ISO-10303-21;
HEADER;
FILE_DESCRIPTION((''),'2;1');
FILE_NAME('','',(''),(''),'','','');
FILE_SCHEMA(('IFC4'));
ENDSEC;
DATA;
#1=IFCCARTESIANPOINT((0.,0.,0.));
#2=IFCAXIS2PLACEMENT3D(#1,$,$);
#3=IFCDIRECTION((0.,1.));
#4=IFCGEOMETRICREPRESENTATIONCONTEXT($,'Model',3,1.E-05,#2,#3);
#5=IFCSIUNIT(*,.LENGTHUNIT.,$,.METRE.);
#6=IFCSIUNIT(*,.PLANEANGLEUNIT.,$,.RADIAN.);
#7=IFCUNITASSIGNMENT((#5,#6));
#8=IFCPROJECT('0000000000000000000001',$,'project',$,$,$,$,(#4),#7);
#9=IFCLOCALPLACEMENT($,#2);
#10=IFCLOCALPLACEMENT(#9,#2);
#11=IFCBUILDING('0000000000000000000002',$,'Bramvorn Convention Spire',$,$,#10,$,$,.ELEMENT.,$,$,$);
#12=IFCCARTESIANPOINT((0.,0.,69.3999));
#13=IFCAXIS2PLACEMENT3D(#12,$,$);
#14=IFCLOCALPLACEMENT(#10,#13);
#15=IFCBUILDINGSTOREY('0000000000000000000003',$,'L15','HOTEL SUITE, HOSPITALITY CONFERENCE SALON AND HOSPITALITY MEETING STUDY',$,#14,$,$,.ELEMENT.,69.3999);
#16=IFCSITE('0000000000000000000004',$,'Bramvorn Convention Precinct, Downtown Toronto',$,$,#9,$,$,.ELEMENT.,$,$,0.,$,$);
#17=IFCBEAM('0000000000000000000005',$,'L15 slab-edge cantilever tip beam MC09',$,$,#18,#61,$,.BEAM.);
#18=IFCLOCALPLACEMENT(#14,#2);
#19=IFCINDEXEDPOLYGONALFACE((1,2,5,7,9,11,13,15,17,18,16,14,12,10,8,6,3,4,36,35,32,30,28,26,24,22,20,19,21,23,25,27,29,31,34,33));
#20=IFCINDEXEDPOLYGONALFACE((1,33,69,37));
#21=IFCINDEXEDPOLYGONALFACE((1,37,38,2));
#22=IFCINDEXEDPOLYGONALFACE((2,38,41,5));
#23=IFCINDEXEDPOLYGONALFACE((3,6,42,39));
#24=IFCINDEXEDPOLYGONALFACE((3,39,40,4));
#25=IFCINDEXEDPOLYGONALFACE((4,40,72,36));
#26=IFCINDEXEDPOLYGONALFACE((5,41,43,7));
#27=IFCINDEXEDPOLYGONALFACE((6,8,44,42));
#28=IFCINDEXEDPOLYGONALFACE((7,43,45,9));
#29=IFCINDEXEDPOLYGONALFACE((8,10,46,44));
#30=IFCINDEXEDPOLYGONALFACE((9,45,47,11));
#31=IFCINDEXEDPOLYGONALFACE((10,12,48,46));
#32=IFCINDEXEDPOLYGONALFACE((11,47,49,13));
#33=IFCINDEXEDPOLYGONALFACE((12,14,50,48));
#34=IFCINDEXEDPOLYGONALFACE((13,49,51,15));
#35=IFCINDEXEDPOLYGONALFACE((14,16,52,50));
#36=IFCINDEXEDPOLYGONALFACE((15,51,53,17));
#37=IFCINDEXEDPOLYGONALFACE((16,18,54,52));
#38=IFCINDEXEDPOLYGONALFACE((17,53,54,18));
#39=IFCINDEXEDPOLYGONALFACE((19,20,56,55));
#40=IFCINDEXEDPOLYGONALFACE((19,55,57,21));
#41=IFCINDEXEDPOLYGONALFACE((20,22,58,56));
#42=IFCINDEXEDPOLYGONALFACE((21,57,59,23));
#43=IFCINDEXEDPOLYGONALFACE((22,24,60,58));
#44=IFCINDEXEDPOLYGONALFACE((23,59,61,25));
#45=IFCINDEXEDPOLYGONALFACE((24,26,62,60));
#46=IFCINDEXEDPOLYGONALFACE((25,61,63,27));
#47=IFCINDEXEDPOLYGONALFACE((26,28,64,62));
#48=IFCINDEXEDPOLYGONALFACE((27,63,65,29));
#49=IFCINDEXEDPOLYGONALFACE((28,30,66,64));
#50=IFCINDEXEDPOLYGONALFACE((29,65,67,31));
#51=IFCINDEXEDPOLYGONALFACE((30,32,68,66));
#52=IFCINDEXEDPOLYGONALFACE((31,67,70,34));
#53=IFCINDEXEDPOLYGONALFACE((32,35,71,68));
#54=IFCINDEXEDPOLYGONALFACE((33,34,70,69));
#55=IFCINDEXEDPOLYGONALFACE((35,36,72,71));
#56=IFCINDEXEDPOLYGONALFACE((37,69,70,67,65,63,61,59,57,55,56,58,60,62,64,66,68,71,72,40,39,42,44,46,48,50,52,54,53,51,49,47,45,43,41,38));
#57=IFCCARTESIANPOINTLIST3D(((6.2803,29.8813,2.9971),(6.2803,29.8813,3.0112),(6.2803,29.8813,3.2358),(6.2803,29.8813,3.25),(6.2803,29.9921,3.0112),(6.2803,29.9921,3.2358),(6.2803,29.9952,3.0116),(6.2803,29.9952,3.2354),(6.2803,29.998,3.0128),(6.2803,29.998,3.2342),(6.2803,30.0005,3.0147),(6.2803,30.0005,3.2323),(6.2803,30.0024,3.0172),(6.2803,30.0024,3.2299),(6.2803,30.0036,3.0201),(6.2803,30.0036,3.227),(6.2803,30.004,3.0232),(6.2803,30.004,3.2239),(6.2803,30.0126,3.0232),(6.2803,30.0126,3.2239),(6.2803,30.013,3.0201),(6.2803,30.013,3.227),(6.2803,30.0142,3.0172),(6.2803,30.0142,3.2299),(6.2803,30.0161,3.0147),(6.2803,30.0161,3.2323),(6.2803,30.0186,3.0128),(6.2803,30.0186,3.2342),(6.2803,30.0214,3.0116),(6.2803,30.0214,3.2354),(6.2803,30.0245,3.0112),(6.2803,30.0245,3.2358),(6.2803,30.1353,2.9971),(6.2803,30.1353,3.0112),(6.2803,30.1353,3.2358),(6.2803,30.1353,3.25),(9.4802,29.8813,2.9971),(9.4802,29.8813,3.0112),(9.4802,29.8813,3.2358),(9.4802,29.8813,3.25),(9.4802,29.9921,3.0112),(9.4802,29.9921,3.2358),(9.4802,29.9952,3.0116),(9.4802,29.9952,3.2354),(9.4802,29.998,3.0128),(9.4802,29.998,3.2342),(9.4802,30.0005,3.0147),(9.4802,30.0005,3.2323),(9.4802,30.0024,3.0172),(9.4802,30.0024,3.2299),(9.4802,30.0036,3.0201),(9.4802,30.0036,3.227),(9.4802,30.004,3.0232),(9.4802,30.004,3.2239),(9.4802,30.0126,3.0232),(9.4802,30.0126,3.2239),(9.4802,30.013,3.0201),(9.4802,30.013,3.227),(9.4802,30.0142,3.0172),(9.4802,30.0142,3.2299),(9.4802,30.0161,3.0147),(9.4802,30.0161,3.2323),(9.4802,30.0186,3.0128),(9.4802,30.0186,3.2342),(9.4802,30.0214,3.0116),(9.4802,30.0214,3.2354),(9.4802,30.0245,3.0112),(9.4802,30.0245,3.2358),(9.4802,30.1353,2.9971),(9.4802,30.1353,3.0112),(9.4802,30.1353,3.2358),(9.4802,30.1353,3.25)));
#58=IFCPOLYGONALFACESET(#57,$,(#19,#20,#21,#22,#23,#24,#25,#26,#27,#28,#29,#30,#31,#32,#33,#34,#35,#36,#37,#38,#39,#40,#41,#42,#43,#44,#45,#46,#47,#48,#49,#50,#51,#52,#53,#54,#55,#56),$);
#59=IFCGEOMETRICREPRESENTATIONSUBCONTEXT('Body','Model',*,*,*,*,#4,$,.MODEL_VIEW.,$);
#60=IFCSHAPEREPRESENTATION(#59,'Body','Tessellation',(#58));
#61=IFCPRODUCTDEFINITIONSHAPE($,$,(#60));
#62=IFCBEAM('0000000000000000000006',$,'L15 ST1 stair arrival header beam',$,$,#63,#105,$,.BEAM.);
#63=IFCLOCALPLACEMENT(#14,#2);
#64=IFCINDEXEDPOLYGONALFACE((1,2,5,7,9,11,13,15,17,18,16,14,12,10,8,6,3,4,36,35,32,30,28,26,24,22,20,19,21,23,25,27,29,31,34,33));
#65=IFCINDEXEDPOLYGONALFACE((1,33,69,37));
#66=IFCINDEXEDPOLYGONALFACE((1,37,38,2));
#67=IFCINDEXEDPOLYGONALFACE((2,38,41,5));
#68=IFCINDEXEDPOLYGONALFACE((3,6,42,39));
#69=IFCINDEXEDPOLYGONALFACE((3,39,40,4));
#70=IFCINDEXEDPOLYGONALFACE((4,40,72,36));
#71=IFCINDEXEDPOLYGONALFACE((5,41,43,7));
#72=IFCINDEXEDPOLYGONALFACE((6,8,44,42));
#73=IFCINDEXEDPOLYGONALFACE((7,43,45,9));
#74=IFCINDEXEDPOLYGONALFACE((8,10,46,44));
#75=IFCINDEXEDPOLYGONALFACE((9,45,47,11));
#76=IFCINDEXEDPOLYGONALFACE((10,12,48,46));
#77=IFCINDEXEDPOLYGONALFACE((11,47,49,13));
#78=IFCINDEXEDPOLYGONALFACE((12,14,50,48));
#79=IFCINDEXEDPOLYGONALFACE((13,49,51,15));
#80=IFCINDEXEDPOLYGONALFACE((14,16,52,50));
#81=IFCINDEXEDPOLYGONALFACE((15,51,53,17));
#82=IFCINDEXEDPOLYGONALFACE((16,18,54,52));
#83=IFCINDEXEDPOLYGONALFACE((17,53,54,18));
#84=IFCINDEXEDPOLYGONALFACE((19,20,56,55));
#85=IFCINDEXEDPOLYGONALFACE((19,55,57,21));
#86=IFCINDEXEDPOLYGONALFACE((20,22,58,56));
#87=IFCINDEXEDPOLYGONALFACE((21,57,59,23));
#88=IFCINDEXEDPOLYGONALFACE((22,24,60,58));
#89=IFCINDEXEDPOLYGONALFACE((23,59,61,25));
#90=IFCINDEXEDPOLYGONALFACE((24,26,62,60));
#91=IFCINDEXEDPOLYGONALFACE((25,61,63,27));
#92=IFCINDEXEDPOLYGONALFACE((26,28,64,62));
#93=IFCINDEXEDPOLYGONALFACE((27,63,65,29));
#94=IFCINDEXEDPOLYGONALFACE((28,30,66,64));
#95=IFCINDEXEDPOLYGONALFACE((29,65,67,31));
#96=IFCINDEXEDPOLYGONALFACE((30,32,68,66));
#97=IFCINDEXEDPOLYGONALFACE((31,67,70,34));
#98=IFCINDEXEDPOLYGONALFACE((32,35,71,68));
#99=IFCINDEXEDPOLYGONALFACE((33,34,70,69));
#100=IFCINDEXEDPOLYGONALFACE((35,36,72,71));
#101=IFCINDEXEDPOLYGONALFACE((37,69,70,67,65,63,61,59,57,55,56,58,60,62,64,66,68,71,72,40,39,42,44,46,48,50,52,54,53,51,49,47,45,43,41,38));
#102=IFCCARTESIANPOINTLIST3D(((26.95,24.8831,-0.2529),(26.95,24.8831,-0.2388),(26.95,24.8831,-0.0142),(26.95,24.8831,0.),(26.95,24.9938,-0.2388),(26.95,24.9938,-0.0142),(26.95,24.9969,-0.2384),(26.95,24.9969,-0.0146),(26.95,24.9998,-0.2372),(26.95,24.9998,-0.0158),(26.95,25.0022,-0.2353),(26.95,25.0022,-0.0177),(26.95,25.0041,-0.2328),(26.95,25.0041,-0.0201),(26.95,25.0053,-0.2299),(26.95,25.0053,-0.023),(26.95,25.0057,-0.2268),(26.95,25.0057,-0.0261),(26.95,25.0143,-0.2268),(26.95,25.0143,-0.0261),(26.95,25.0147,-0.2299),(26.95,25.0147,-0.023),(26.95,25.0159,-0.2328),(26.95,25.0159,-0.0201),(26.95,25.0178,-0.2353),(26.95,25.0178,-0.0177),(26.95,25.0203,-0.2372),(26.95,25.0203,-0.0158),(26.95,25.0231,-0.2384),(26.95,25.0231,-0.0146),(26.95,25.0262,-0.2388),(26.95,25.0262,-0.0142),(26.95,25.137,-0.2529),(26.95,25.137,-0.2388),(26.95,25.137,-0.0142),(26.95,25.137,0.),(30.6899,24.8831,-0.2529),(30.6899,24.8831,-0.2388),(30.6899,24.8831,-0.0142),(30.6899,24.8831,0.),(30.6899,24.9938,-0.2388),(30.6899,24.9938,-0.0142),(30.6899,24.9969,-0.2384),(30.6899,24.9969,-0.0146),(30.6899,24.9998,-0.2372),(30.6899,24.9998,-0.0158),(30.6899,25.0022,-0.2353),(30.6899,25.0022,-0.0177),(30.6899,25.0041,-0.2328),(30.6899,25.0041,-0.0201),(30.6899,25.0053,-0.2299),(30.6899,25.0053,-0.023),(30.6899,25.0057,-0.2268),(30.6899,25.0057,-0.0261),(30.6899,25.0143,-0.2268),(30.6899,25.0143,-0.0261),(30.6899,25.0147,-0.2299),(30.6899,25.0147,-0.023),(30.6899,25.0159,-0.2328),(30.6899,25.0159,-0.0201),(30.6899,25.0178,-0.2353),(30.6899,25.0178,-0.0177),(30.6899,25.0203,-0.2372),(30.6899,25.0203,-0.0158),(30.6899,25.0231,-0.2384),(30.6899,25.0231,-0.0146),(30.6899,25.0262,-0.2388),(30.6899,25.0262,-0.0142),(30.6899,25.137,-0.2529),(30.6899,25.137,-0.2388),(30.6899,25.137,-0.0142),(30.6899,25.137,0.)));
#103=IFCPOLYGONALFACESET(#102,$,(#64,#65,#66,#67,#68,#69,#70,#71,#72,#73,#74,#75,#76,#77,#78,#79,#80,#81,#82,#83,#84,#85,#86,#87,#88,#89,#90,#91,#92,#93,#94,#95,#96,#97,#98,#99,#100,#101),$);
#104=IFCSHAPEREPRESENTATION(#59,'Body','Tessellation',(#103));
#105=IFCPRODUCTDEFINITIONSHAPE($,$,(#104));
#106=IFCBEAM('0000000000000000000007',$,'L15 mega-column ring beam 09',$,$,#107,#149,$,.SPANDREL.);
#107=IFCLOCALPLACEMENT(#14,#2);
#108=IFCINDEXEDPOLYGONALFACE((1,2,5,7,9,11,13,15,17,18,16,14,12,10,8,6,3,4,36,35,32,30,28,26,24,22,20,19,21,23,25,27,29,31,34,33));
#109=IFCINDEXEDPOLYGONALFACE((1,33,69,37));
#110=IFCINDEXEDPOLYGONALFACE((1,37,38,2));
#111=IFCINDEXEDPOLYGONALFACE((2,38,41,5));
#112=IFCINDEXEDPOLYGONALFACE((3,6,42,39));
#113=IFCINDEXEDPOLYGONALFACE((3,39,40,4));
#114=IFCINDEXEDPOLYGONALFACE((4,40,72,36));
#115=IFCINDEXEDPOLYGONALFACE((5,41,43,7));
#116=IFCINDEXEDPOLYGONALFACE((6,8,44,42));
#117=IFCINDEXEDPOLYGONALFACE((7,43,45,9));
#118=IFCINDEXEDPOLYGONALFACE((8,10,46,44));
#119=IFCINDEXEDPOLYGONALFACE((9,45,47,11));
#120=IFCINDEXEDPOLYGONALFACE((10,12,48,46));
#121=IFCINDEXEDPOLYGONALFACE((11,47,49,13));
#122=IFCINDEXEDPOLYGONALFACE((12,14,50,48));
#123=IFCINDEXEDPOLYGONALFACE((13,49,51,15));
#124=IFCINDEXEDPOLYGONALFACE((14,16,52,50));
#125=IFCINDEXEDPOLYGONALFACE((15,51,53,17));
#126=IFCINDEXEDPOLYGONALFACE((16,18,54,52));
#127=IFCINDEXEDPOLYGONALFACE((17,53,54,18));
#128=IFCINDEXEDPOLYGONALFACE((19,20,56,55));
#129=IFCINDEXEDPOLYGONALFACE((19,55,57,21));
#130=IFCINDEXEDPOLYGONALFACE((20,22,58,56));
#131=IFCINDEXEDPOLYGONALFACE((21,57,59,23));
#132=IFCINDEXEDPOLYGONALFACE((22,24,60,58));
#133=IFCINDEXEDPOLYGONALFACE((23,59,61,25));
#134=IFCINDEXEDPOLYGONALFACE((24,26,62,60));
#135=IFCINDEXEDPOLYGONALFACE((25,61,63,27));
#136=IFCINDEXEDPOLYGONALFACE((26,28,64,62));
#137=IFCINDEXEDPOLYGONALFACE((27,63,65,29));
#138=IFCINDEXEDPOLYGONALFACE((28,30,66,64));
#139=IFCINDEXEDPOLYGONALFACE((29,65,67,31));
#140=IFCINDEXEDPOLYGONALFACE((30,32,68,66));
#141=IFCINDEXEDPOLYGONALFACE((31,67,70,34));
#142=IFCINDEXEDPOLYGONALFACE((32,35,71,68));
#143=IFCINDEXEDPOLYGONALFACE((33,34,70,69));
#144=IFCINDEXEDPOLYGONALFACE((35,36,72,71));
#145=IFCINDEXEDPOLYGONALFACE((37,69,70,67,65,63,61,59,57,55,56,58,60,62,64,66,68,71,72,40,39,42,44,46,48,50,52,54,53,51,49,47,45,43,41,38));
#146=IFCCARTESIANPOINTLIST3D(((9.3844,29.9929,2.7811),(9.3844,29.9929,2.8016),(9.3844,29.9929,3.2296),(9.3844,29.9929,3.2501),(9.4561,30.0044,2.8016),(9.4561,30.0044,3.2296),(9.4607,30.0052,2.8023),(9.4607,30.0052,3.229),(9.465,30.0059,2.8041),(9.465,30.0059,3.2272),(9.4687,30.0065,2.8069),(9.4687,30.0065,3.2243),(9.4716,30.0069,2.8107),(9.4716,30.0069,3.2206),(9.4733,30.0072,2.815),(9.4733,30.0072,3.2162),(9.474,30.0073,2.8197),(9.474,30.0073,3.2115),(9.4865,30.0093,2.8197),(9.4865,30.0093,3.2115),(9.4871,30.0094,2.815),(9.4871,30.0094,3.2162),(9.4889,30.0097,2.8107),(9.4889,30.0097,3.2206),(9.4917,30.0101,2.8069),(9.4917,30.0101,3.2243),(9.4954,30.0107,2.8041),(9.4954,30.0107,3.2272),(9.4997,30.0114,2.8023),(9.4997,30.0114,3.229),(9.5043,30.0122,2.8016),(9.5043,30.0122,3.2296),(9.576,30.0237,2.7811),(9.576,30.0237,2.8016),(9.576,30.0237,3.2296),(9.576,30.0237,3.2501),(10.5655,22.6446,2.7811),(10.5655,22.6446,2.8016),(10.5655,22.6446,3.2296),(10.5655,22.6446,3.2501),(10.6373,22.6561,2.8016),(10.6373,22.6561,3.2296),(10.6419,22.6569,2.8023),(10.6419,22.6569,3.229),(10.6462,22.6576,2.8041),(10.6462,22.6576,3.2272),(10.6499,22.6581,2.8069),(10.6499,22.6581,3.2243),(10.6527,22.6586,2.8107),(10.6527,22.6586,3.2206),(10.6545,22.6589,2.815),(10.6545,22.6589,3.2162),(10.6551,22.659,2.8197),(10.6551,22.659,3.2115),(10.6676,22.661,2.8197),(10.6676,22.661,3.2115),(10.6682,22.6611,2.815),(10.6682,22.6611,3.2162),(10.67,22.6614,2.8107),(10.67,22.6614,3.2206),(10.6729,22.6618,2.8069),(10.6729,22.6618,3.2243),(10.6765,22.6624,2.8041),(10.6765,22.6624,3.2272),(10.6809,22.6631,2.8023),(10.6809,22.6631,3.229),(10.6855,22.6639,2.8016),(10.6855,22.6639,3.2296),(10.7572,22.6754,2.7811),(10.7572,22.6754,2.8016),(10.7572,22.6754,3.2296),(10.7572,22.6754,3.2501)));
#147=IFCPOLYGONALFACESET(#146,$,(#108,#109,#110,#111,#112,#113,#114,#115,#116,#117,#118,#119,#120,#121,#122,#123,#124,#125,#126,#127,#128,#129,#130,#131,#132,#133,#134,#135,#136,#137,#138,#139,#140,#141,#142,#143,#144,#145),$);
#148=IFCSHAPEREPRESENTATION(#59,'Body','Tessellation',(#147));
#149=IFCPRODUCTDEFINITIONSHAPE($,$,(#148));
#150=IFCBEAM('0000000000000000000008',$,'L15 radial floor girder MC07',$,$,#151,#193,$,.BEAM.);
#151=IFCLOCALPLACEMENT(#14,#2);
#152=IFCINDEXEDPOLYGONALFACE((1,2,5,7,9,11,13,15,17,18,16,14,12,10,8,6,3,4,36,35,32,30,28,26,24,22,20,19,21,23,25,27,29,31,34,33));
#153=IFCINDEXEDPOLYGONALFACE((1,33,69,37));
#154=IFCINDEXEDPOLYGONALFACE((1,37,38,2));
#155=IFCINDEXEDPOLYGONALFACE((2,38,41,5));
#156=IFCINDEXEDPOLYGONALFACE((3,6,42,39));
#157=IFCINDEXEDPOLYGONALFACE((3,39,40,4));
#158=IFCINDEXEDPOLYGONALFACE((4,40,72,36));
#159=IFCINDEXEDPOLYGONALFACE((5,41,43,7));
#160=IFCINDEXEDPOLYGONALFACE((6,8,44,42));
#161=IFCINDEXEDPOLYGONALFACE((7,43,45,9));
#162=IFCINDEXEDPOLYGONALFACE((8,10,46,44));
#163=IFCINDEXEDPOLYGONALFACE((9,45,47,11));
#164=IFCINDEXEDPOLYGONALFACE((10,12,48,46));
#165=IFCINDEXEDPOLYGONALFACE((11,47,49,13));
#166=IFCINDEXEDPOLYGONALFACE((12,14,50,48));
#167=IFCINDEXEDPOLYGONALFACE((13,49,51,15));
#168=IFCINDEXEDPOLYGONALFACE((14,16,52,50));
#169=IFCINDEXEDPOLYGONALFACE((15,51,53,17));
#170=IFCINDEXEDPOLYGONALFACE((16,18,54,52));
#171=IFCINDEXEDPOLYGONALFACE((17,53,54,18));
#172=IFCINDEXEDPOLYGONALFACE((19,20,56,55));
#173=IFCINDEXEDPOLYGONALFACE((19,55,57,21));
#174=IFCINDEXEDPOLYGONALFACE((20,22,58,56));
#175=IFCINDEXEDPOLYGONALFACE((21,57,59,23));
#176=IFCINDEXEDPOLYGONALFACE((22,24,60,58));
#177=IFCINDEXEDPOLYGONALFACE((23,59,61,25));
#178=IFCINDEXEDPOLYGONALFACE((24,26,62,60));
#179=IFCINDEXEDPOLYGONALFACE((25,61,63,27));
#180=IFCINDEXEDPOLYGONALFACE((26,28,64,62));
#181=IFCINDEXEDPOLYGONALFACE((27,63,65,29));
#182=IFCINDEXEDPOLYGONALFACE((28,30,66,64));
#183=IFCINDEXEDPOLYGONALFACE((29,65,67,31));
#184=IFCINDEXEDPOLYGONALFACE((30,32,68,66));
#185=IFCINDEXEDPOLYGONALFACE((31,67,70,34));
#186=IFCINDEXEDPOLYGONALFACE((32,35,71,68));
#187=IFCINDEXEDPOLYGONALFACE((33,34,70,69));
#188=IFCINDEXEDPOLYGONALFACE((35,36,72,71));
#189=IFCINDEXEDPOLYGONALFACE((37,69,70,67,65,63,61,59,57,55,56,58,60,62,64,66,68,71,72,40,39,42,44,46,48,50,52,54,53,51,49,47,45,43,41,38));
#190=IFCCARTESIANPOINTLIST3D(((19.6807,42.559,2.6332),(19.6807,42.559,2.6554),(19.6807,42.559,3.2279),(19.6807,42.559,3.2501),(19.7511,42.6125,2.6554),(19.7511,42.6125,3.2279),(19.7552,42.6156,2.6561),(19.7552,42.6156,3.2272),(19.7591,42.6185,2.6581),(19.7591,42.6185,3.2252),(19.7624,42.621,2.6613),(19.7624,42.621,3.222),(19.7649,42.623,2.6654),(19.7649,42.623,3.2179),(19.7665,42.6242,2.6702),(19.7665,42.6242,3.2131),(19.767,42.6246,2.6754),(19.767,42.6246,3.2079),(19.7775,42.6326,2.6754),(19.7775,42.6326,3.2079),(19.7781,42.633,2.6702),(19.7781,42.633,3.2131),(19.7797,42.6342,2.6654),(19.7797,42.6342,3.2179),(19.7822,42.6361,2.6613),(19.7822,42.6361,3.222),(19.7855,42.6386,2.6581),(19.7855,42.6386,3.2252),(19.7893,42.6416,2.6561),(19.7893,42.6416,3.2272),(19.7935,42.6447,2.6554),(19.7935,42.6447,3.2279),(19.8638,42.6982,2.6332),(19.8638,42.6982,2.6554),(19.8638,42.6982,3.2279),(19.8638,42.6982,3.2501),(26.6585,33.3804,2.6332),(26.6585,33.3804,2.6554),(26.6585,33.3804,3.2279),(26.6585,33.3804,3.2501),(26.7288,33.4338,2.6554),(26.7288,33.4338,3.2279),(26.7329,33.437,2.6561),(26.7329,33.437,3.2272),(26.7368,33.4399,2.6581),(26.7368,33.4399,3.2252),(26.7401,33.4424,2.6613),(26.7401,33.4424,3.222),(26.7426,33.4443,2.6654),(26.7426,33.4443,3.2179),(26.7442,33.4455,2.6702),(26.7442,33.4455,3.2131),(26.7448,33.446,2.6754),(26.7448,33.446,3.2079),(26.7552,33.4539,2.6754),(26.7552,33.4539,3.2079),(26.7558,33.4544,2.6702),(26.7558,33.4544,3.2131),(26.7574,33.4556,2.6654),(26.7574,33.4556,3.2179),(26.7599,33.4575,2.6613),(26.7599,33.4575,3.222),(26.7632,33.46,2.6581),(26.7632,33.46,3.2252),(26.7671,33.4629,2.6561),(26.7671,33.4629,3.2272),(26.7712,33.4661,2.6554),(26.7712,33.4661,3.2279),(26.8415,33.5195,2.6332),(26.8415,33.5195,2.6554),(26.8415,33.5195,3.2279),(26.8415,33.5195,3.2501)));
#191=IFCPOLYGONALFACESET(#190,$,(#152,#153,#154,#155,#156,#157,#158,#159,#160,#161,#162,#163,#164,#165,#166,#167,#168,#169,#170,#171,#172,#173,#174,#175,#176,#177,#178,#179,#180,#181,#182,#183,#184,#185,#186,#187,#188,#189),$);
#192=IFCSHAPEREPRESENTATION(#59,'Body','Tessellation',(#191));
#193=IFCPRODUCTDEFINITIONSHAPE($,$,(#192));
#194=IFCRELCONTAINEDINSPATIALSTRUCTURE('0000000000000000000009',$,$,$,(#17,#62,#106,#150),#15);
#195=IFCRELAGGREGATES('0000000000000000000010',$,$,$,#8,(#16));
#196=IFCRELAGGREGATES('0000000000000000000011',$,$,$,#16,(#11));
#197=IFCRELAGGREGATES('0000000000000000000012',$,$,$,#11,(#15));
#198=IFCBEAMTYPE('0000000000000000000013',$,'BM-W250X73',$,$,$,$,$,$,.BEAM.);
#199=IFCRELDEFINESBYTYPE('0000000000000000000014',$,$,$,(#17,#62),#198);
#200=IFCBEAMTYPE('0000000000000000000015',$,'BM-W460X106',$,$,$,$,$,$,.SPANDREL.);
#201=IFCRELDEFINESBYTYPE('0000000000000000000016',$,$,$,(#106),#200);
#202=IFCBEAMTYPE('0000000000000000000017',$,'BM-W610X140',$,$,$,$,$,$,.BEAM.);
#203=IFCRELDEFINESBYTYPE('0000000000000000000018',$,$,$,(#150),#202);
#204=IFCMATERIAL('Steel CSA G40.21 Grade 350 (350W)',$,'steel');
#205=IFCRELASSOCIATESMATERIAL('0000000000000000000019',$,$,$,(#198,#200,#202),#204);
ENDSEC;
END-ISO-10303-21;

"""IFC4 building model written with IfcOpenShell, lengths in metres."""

from ifc_helpers import new_model, si_unit, direction, frame, origin, origin_2d, place, context, subcontext, project, spatial, i_section, extrude, material, material_profile, profile_set, type_object, element, save


model = new_model("IFC4")

# Units and contexts
model_context = context("Model", 3, precision=1e-05, world=origin(), true_north=direction((0.0, 1.0)))
body_context = subcontext(model_context, "Body", "Model", "MODEL_VIEW")
ifc_project = project(units=[si_unit("LENGTHUNIT", "METRE"), si_unit("PLANEANGLEUNIT", "RADIAN")], contexts=[model_context])

# Site, building, storey
site_placement = place(None, origin())
site = spatial("IfcSite", under=ifc_project, at=site_placement, Name="Bramvorn Convention Precinct, Downtown Toronto", CompositionType="ELEMENT", RefElevation=0.0)
building_placement = place(site_placement, origin())
building = spatial("IfcBuilding", under=site, at=building_placement, Name="Bramvorn Convention Spire", CompositionType="ELEMENT")
storey_placement = place(building_placement, frame((0.0, 0.0, 69.3999)))
storey = spatial("IfcBuildingStorey", under=building, at=storey_placement, Name="L15", Description="HOTEL SUITE, HOSPITALITY CONFERENCE SALON AND HOSPITALITY MEETING STUDY", CompositionType="ELEMENT", Elevation=69.3999)

# Shared definitions
ifc_material_1 = material(Name="Steel CSA G40.21 Grade 350 (350W)", Category="steel")

# Beams
ifc_material_profile_1 = material_profile(ifc_material_1, i_section(OverallWidth=0.2539, OverallDepth=0.2529, WebThickness=0.0085, FlangeThickness=0.0142, FilletRadius=0.012, at=origin_2d()))
ifc_profile_set_1 = profile_set([ifc_material_profile_1], Name="Steel CSA G40.21 Grade 350 (350W) - W250X73")
beam_type_1 = type_object("IfcBeamType", Name="BM-W250X73", PredefinedType="BEAM", material=ifc_profile_set_1)
beam_1_placement = place(storey_placement, frame((9.4802, 30.0083, 3.1235), z_axis=(-1.0, 0.0, 0.0), x_axis=(0.0, -1.0, 0.0)))
element("IfcBeam", 1, at=beam_1_placement, inside=storey, type_object=beam_type_1, Name="L15 slab-edge cantilever tip beam MC09", PredefinedType="BEAM", context=body_context, shape_type="SweptSolid", body=[
    extrude(i_section(OverallWidth=0.2539, OverallDepth=0.2529, WebThickness=0.0085, FlangeThickness=0.0142, FilletRadius=0.012, at=origin_2d()), origin(), (0.0, 0.0, 1.0), 3.2),
])
beam_2_placement = place(storey_placement, frame((26.95, 25.01, -0.1265), z_axis=(1.0, 0.0, 0.0), x_axis=(0.0, 1.0, 0.0)))
element("IfcBeam", 2, at=beam_2_placement, inside=storey, type_object=beam_type_1, Name="L15 ST1 stair arrival header beam", PredefinedType="BEAM", context=body_context, shape_type="SweptSolid", body=[
    extrude(i_section(OverallWidth=0.2539, OverallDepth=0.2529, WebThickness=0.0085, FlangeThickness=0.0142, FilletRadius=0.012, at=origin_2d()), origin(), (0.0, 0.0, 1.0), 3.74),
])
ifc_material_profile_2 = material_profile(ifc_material_1, i_section(OverallWidth=0.1941, OverallDepth=0.469, WebThickness=0.0127, FlangeThickness=0.0205, FilletRadius=0.0181, at=origin_2d()))
ifc_profile_set_2 = profile_set([ifc_material_profile_2], Name="Steel CSA G40.21 Grade 350 (350W) - W460X106")
beam_type_2 = type_object("IfcBeamType", Name="BM-W460X106", PredefinedType="SPANDREL", material=ifc_profile_set_2)
beam_3_placement = place(storey_placement, frame((9.4802, 30.0083, 3.0156), z_axis=(0.158699, -0.987327, 0.0), x_axis=(0.987327, 0.158699, 0.0)))
element("IfcBeam", 3, at=beam_3_placement, inside=storey, type_object=beam_type_2, Name="L15 mega-column ring beam 09", PredefinedType="SPANDREL", context=body_context, shape_type="SweptSolid", body=[
    extrude(i_section(OverallWidth=0.1941, OverallDepth=0.469, WebThickness=0.0127, FlangeThickness=0.0205, FilletRadius=0.0181, at=origin_2d()), origin(), (0.0, 0.0, 1.0), 7.4426),
])
ifc_material_profile_3 = material_profile(ifc_material_1, i_section(OverallWidth=0.23, OverallDepth=0.6169, WebThickness=0.0132, FlangeThickness=0.0222, FilletRadius=0.02, at=origin_2d()))
ifc_profile_set_3 = profile_set([ifc_material_profile_3], Name="Steel CSA G40.21 Grade 350 (350W) - W610X140")
beam_type_3 = type_object("IfcBeamType", Name="BM-W610X140", PredefinedType="BEAM", material=ifc_profile_set_3)
beam_4_placement = place(storey_placement, frame((26.75, 33.45, 2.9417), z_axis=(-0.605191, 0.79608, 0.0), x_axis=(-0.79608, -0.605191, 0.0)))
element("IfcBeam", 4, at=beam_4_placement, inside=storey, type_object=beam_type_3, Name="L15 radial floor girder MC07", PredefinedType="BEAM", context=body_context, shape_type="SweptSolid", body=[
    extrude(i_section(OverallWidth=0.23, OverallDepth=0.6169, WebThickness=0.0132, FlangeThickness=0.0222, FilletRadius=0.02, at=origin_2d()), origin(), (0.0, 0.0, 1.0), 11.5298),
])

save(model, "model.ifc")
